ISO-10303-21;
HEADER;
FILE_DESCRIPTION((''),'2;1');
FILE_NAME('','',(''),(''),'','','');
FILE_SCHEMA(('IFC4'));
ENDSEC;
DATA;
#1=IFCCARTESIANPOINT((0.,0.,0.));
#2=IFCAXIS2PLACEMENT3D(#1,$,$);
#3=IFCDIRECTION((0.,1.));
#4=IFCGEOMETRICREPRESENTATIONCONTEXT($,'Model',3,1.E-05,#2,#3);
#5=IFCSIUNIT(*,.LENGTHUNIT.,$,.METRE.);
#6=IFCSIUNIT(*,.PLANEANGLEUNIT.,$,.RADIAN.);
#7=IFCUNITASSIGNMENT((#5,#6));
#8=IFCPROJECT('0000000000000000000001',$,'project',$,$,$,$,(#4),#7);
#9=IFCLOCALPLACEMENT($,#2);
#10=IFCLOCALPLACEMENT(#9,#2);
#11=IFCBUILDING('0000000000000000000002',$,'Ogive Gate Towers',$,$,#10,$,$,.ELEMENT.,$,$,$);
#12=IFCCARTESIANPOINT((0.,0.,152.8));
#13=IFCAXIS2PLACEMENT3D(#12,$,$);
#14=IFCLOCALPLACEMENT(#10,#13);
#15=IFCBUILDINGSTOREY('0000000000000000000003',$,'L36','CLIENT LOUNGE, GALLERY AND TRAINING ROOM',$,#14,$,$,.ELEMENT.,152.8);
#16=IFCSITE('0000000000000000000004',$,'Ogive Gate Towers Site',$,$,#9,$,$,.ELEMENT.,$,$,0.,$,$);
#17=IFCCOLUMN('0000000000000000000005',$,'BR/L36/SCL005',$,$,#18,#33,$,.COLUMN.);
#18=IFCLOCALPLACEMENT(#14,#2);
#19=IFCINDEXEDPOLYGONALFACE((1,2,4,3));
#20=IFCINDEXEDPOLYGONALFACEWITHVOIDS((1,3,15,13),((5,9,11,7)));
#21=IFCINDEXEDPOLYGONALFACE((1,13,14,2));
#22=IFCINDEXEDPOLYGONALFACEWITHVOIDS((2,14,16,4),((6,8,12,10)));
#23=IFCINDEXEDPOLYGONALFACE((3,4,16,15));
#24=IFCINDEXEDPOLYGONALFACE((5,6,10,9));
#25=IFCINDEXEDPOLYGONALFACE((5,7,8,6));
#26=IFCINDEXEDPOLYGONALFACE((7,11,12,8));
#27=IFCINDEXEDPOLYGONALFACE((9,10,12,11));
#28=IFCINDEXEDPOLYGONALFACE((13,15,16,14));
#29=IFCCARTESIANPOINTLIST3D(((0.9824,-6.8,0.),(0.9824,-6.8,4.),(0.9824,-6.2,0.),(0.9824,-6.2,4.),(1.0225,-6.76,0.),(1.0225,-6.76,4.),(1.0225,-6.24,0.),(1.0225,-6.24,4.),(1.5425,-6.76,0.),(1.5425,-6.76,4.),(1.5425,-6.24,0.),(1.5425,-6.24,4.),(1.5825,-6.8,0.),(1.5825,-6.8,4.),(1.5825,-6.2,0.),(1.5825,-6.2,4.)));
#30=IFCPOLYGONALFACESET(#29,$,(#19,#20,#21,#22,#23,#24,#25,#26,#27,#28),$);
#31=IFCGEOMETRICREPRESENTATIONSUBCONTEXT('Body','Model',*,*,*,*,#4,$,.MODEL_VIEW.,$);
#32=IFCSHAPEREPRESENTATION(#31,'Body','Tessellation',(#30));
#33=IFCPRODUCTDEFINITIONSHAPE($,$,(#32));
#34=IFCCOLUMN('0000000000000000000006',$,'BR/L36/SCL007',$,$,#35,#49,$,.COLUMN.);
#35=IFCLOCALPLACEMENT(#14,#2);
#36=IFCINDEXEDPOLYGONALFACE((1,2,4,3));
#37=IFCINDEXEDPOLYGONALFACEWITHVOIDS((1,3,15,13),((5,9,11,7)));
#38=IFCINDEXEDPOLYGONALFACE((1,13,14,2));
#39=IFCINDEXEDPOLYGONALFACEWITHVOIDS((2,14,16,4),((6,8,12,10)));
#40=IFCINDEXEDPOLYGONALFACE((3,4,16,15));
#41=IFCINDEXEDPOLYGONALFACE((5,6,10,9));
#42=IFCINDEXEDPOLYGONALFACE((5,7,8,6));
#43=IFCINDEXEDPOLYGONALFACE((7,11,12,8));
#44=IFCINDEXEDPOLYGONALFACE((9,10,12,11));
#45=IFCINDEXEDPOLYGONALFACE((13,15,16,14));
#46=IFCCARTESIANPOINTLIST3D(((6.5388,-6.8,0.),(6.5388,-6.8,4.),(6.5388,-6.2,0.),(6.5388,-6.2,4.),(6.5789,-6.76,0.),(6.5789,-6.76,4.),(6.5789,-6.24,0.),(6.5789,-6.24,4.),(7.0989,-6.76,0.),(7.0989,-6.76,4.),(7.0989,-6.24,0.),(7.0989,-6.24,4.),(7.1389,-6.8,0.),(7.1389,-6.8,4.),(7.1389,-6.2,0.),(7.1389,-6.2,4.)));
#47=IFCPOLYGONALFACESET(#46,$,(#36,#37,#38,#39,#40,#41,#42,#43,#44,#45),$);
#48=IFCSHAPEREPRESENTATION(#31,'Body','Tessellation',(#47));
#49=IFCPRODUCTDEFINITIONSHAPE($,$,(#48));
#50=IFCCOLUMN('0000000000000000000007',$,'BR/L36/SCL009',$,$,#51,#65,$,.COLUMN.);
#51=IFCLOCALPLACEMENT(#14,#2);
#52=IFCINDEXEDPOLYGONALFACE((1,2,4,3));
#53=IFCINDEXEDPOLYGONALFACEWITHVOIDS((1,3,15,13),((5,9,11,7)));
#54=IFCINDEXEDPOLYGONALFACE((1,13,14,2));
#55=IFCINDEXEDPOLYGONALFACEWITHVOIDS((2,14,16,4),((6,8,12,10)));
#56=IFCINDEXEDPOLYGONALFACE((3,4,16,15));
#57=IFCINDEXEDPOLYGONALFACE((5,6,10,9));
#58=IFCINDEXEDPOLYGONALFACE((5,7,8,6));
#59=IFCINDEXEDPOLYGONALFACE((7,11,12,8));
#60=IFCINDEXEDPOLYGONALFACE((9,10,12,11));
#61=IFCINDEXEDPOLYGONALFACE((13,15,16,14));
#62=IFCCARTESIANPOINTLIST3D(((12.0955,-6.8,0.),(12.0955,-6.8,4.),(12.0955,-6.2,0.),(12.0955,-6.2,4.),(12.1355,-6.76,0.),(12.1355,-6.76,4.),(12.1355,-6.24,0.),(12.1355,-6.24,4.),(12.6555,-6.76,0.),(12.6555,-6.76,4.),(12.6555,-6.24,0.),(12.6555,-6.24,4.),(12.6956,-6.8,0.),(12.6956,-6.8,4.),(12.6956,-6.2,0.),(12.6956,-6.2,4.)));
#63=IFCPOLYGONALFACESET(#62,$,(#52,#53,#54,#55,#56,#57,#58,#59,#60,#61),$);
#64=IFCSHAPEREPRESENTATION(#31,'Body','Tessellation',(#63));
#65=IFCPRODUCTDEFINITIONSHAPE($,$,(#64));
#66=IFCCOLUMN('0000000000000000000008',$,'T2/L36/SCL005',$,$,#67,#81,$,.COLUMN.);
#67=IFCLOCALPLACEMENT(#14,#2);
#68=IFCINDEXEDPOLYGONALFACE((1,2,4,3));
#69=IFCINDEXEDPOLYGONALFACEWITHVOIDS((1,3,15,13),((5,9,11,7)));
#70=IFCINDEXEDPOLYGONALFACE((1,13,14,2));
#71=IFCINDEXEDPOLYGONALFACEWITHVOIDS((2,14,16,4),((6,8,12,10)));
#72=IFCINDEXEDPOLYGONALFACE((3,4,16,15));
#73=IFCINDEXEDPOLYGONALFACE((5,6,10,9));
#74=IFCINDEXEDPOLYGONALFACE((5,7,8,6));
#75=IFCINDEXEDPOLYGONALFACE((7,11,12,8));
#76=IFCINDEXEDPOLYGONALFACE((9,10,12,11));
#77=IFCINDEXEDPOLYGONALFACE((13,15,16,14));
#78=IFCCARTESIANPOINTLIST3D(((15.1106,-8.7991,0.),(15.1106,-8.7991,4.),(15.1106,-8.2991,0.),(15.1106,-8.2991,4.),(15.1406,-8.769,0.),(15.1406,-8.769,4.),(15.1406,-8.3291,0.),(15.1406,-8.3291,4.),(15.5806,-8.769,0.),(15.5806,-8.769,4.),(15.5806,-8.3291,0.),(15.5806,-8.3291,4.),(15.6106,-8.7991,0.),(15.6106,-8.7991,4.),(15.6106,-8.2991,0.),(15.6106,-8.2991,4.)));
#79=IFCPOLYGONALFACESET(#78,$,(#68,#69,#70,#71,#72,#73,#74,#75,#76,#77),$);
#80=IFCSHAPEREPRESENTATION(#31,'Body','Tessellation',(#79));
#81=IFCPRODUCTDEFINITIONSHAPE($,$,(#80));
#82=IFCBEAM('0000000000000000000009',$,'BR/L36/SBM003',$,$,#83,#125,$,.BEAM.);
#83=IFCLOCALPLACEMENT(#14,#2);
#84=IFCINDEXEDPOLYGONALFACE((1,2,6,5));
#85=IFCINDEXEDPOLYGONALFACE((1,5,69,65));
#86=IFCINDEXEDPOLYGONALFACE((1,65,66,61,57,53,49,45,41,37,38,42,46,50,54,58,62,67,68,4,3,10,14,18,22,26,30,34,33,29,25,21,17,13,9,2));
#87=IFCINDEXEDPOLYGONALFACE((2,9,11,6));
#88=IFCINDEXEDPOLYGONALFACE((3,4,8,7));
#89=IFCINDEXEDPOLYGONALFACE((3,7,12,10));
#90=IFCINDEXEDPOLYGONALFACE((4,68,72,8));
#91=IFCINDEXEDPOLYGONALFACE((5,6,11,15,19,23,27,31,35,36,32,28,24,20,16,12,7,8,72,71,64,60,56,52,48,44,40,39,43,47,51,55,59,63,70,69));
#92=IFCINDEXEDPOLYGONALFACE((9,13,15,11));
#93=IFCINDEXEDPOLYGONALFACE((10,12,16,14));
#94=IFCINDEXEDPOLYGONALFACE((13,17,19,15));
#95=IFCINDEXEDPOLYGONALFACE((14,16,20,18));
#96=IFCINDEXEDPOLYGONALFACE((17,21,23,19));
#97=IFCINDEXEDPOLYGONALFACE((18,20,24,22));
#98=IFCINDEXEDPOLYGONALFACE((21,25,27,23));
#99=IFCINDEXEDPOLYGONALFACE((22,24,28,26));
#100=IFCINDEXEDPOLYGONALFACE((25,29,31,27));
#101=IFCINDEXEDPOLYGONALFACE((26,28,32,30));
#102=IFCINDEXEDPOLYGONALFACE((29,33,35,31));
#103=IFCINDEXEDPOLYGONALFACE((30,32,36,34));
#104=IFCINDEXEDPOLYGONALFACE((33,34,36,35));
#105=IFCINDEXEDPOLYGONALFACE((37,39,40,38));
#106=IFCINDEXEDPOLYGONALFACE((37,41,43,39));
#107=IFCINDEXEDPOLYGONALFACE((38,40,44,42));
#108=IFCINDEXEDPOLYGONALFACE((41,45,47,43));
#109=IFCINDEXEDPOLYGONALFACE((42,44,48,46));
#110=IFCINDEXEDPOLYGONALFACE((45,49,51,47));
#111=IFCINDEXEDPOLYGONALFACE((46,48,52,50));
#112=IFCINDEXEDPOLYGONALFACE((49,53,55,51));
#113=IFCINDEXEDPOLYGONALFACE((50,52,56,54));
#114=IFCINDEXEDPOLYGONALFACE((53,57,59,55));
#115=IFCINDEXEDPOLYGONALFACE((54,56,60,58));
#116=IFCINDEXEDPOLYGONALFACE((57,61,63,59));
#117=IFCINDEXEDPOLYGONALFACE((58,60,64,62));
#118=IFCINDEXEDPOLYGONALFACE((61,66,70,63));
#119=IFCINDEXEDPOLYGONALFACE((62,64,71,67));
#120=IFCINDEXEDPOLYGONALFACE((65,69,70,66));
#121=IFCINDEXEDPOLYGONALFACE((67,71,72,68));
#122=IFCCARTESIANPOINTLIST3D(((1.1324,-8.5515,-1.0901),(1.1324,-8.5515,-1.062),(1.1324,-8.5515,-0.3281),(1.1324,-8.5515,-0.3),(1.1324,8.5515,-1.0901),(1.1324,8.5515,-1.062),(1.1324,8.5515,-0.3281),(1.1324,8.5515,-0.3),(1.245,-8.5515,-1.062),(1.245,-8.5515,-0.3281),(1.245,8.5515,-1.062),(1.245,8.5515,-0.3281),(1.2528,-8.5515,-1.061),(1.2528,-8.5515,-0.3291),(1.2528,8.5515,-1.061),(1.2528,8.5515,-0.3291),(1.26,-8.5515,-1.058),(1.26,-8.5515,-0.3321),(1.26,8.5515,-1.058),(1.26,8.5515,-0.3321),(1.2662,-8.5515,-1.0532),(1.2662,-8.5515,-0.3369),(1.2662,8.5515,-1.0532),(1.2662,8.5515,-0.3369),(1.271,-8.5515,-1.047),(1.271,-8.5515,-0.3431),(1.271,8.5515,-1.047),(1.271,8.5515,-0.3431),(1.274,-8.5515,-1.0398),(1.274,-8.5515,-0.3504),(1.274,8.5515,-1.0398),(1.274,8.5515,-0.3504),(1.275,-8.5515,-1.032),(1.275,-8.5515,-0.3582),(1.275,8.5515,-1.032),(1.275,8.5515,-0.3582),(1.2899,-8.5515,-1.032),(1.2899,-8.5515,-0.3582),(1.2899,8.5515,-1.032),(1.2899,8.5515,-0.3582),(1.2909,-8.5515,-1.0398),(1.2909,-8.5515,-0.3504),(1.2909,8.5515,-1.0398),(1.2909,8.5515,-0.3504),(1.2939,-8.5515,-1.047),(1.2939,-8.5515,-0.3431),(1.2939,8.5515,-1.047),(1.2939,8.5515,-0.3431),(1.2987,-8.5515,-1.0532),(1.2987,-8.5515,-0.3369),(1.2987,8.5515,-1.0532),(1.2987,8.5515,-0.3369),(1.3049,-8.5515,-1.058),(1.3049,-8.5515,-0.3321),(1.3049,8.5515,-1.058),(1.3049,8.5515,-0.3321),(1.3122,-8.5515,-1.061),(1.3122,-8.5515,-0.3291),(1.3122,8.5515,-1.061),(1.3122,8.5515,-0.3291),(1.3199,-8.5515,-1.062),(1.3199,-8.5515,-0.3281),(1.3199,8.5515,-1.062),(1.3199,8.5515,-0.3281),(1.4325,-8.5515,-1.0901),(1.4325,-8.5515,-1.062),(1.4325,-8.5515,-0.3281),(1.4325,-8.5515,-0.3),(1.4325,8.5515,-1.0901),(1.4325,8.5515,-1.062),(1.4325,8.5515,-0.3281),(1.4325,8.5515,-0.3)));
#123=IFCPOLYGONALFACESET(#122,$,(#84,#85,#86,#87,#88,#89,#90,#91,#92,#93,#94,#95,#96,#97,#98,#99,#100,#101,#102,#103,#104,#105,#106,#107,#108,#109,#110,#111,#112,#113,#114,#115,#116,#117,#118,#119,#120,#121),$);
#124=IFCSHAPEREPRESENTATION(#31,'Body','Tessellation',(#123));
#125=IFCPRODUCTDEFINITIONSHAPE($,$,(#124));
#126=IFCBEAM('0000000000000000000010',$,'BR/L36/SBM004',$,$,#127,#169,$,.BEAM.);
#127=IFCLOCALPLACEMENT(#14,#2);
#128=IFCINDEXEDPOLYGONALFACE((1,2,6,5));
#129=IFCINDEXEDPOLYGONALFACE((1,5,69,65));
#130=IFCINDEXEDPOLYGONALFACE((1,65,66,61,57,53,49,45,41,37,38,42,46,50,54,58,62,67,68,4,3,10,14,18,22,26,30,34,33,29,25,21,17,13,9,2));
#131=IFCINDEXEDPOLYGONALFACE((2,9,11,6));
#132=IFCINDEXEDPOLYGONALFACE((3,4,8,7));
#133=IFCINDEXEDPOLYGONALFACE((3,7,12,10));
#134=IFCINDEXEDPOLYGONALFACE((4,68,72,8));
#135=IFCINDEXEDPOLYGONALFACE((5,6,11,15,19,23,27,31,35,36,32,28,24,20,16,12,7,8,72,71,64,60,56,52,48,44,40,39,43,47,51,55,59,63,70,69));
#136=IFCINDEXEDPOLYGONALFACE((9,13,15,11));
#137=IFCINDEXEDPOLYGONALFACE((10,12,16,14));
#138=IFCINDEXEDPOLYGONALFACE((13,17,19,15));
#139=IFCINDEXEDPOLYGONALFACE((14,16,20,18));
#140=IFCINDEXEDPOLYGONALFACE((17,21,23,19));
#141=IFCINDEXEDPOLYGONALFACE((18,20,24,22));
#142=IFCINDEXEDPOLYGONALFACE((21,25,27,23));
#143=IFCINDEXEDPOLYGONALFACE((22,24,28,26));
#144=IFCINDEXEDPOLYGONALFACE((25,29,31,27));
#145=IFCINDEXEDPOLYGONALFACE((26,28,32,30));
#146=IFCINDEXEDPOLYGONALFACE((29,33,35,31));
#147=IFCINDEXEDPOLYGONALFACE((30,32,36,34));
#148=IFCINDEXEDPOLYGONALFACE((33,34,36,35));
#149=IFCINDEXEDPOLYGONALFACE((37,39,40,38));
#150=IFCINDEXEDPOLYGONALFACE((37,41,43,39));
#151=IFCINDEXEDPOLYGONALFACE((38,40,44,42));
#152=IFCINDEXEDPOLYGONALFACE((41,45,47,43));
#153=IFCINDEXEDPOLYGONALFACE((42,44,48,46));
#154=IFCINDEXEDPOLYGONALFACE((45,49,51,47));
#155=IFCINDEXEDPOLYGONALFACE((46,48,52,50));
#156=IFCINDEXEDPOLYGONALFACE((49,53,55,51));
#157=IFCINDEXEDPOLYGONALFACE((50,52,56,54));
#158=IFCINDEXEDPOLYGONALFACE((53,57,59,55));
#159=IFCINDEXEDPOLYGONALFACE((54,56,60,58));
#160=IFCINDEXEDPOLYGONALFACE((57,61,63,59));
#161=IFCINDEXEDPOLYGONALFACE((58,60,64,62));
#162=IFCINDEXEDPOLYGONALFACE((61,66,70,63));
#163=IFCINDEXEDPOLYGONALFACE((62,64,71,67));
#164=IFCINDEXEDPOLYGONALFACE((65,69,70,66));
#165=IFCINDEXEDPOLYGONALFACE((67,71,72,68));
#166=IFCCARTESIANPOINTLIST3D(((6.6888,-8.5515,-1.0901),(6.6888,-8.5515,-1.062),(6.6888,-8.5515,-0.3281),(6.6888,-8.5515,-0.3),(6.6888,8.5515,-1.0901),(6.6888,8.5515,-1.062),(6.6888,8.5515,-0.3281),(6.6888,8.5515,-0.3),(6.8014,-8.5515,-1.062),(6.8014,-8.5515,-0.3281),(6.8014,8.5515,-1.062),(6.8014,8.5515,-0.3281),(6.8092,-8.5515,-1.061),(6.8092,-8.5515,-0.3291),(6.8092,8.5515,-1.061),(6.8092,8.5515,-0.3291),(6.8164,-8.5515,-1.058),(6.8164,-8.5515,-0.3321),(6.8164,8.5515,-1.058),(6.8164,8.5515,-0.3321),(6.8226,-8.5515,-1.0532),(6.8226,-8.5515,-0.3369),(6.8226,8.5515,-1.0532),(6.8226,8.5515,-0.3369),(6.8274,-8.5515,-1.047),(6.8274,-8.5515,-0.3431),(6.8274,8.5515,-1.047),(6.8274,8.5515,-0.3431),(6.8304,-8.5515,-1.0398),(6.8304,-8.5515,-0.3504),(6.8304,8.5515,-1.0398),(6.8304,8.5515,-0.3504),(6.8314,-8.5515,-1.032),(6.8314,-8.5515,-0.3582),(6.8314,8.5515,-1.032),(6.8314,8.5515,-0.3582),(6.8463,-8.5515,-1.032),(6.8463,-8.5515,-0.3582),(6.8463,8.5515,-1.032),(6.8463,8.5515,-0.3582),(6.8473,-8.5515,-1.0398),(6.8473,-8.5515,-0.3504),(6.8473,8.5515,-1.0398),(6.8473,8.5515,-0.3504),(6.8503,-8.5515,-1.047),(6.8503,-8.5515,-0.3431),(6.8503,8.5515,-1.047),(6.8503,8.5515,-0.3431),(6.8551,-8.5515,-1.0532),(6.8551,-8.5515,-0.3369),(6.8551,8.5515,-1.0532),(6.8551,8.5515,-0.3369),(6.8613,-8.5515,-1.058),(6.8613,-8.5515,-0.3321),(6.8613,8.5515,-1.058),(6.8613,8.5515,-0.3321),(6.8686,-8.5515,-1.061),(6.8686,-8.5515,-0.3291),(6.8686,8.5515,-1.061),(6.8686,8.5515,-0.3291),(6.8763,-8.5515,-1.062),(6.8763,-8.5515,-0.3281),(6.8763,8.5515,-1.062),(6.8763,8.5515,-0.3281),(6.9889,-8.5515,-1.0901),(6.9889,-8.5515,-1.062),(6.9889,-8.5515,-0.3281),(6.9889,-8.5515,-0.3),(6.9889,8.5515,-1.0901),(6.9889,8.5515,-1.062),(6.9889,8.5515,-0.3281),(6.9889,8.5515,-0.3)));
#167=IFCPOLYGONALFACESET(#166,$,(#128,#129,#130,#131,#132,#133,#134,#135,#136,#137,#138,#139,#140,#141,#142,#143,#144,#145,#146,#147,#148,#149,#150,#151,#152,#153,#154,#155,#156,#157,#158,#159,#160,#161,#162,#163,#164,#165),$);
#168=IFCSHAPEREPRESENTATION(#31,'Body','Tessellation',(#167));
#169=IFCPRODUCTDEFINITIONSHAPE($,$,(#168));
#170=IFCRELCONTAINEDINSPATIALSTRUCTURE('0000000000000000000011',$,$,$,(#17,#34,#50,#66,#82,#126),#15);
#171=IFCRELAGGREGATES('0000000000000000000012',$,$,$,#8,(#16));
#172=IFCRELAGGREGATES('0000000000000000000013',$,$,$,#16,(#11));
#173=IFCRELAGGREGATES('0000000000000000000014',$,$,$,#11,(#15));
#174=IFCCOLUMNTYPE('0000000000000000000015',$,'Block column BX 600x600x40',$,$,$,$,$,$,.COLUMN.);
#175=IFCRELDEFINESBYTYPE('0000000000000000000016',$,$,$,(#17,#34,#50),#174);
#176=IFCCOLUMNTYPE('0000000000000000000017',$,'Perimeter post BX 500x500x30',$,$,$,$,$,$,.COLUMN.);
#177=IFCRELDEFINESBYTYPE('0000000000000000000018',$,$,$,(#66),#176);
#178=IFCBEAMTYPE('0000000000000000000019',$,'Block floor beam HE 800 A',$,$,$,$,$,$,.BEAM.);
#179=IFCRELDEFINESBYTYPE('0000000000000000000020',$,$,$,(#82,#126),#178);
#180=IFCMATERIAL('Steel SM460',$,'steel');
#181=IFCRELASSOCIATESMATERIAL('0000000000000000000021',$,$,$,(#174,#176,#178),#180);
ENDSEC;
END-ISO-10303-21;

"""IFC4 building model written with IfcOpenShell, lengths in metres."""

from ifc_helpers import new_model, si_unit, direction, frame, origin, origin_2d, place, context, subcontext, project, spatial, hollow_rectangle, i_section, extrude, material, material_profile, profile_set, type_object, element, save


model = new_model("IFC4")

# Units and contexts
model_context = context("Model", 3, precision=1e-05, world=origin(), true_north=direction((0.0, 1.0)))
body_context = subcontext(model_context, "Body", "Model", "MODEL_VIEW")
ifc_project = project(units=[si_unit("LENGTHUNIT", "METRE"), si_unit("PLANEANGLEUNIT", "RADIAN")], contexts=[model_context])

# Site, building, storey
site_placement = place(None, origin())
site = spatial("IfcSite", under=ifc_project, at=site_placement, Name="Ogive Gate Towers Site", CompositionType="ELEMENT", RefElevation=0.0)
building_placement = place(site_placement, origin())
building = spatial("IfcBuilding", under=site, at=building_placement, Name="Ogive Gate Towers", CompositionType="ELEMENT")
storey_placement = place(building_placement, frame((0.0, 0.0, 152.8)))
storey = spatial("IfcBuildingStorey", under=building, at=storey_placement, Name="L36", Description="CLIENT LOUNGE, GALLERY AND TRAINING ROOM", CompositionType="ELEMENT", Elevation=152.8)

# Columns
ifc_material_1 = material(Name="Steel SM460", Category="steel")
ifc_material_profile_1 = material_profile(ifc_material_1, hollow_rectangle(XDim=0.6001, YDim=0.6001, WallThickness=0.04, at=origin_2d()), Name="BX 600x600x40")
ifc_profile_set_1 = profile_set([ifc_material_profile_1], Name="Steel SM460")
column_type_1 = type_object("IfcColumnType", Name="Block column BX 600x600x40", PredefinedType="COLUMN", material=ifc_profile_set_1)
for number, where, z_axis, x_axis, name in (
    (1, (1.2825, -6.5, 0.0), (0.0, 0.0, 1.0), (1.0, 0.0, 0.0), "BR/L36/SCL005"),
    (2, (6.8389, -6.5, 0.0), (0.0, 0.0, 1.0), (1.0, 0.0, 0.0), "BR/L36/SCL007"),
    (3, (12.3955, -6.5, 0.0), (0.0, 0.0, 1.0), (1.0, 0.0, 0.0), "BR/L36/SCL009"),
):
    element("IfcColumn", number, at=place(storey_placement, frame(where, z_axis=z_axis, x_axis=x_axis)), inside=storey, type_object=column_type_1, Name=name, PredefinedType="COLUMN", context=body_context, shape_type="SweptSolid", body=[
        extrude(hollow_rectangle(XDim=0.6001, YDim=0.6001, WallThickness=0.04, at=origin_2d()), origin(), (0.0, 0.0, 1.0), 4.0),
    ])
ifc_material_profile_2 = material_profile(ifc_material_1, hollow_rectangle(XDim=0.5, YDim=0.5, WallThickness=0.03, at=origin_2d()), Name="BX 500x500x30")
ifc_profile_set_2 = profile_set([ifc_material_profile_2], Name="Steel SM460")
column_type_2 = type_object("IfcColumnType", Name="Perimeter post BX 500x500x30", PredefinedType="COLUMN", material=ifc_profile_set_2)
column_placement = place(storey_placement, frame((15.3606, -8.5491, 0.0), z_axis=(0.0, 0.0, 1.0), x_axis=(1.0, 0.0, 0.0)))
element("IfcColumn", 4, at=column_placement, inside=storey, type_object=column_type_2, Name="T2/L36/SCL005", PredefinedType="COLUMN", context=body_context, shape_type="SweptSolid", body=[
    extrude(hollow_rectangle(XDim=0.5, YDim=0.5, WallThickness=0.03, at=origin_2d()), origin(), (0.0, 0.0, 1.0), 4.0),
])

# Beams
ifc_material_profile_3 = material_profile(ifc_material_1, i_section(OverallWidth=0.3, OverallDepth=0.79, WebThickness=0.0149, FlangeThickness=0.0281, FilletRadius=0.03, at=origin_2d()), Name="HE 800 A")
ifc_profile_set_3 = profile_set([ifc_material_profile_3], Name="Steel SM460")
beam_type_1 = type_object("IfcBeamType", Name="Block floor beam HE 800 A", PredefinedType="BEAM", material=ifc_profile_set_3)
for number, where, z_axis, x_axis, name in (
    (5, (1.2825, -8.5515, -0.6951), (0.0, 1.0, 0.0), (-1.0, 0.0, 0.0), "BR/L36/SBM003"),
    (6, (6.8389, -8.5515, -0.6951), (0.0, 1.0, 0.0), (-1.0, 0.0, 0.0), "BR/L36/SBM004"),
):
    element("IfcBeam", number, at=place(storey_placement, frame(where, z_axis=z_axis, x_axis=x_axis)), inside=storey, type_object=beam_type_1, Name=name, PredefinedType="BEAM", context=body_context, shape_type="SweptSolid", body=[
        extrude(i_section(OverallWidth=0.3, OverallDepth=0.79, WebThickness=0.0149, FlangeThickness=0.0281, FilletRadius=0.03, at=origin_2d()), origin(), (0.0, 0.0, 1.0), 17.103),
    ])

save(model, "model.ifc")
